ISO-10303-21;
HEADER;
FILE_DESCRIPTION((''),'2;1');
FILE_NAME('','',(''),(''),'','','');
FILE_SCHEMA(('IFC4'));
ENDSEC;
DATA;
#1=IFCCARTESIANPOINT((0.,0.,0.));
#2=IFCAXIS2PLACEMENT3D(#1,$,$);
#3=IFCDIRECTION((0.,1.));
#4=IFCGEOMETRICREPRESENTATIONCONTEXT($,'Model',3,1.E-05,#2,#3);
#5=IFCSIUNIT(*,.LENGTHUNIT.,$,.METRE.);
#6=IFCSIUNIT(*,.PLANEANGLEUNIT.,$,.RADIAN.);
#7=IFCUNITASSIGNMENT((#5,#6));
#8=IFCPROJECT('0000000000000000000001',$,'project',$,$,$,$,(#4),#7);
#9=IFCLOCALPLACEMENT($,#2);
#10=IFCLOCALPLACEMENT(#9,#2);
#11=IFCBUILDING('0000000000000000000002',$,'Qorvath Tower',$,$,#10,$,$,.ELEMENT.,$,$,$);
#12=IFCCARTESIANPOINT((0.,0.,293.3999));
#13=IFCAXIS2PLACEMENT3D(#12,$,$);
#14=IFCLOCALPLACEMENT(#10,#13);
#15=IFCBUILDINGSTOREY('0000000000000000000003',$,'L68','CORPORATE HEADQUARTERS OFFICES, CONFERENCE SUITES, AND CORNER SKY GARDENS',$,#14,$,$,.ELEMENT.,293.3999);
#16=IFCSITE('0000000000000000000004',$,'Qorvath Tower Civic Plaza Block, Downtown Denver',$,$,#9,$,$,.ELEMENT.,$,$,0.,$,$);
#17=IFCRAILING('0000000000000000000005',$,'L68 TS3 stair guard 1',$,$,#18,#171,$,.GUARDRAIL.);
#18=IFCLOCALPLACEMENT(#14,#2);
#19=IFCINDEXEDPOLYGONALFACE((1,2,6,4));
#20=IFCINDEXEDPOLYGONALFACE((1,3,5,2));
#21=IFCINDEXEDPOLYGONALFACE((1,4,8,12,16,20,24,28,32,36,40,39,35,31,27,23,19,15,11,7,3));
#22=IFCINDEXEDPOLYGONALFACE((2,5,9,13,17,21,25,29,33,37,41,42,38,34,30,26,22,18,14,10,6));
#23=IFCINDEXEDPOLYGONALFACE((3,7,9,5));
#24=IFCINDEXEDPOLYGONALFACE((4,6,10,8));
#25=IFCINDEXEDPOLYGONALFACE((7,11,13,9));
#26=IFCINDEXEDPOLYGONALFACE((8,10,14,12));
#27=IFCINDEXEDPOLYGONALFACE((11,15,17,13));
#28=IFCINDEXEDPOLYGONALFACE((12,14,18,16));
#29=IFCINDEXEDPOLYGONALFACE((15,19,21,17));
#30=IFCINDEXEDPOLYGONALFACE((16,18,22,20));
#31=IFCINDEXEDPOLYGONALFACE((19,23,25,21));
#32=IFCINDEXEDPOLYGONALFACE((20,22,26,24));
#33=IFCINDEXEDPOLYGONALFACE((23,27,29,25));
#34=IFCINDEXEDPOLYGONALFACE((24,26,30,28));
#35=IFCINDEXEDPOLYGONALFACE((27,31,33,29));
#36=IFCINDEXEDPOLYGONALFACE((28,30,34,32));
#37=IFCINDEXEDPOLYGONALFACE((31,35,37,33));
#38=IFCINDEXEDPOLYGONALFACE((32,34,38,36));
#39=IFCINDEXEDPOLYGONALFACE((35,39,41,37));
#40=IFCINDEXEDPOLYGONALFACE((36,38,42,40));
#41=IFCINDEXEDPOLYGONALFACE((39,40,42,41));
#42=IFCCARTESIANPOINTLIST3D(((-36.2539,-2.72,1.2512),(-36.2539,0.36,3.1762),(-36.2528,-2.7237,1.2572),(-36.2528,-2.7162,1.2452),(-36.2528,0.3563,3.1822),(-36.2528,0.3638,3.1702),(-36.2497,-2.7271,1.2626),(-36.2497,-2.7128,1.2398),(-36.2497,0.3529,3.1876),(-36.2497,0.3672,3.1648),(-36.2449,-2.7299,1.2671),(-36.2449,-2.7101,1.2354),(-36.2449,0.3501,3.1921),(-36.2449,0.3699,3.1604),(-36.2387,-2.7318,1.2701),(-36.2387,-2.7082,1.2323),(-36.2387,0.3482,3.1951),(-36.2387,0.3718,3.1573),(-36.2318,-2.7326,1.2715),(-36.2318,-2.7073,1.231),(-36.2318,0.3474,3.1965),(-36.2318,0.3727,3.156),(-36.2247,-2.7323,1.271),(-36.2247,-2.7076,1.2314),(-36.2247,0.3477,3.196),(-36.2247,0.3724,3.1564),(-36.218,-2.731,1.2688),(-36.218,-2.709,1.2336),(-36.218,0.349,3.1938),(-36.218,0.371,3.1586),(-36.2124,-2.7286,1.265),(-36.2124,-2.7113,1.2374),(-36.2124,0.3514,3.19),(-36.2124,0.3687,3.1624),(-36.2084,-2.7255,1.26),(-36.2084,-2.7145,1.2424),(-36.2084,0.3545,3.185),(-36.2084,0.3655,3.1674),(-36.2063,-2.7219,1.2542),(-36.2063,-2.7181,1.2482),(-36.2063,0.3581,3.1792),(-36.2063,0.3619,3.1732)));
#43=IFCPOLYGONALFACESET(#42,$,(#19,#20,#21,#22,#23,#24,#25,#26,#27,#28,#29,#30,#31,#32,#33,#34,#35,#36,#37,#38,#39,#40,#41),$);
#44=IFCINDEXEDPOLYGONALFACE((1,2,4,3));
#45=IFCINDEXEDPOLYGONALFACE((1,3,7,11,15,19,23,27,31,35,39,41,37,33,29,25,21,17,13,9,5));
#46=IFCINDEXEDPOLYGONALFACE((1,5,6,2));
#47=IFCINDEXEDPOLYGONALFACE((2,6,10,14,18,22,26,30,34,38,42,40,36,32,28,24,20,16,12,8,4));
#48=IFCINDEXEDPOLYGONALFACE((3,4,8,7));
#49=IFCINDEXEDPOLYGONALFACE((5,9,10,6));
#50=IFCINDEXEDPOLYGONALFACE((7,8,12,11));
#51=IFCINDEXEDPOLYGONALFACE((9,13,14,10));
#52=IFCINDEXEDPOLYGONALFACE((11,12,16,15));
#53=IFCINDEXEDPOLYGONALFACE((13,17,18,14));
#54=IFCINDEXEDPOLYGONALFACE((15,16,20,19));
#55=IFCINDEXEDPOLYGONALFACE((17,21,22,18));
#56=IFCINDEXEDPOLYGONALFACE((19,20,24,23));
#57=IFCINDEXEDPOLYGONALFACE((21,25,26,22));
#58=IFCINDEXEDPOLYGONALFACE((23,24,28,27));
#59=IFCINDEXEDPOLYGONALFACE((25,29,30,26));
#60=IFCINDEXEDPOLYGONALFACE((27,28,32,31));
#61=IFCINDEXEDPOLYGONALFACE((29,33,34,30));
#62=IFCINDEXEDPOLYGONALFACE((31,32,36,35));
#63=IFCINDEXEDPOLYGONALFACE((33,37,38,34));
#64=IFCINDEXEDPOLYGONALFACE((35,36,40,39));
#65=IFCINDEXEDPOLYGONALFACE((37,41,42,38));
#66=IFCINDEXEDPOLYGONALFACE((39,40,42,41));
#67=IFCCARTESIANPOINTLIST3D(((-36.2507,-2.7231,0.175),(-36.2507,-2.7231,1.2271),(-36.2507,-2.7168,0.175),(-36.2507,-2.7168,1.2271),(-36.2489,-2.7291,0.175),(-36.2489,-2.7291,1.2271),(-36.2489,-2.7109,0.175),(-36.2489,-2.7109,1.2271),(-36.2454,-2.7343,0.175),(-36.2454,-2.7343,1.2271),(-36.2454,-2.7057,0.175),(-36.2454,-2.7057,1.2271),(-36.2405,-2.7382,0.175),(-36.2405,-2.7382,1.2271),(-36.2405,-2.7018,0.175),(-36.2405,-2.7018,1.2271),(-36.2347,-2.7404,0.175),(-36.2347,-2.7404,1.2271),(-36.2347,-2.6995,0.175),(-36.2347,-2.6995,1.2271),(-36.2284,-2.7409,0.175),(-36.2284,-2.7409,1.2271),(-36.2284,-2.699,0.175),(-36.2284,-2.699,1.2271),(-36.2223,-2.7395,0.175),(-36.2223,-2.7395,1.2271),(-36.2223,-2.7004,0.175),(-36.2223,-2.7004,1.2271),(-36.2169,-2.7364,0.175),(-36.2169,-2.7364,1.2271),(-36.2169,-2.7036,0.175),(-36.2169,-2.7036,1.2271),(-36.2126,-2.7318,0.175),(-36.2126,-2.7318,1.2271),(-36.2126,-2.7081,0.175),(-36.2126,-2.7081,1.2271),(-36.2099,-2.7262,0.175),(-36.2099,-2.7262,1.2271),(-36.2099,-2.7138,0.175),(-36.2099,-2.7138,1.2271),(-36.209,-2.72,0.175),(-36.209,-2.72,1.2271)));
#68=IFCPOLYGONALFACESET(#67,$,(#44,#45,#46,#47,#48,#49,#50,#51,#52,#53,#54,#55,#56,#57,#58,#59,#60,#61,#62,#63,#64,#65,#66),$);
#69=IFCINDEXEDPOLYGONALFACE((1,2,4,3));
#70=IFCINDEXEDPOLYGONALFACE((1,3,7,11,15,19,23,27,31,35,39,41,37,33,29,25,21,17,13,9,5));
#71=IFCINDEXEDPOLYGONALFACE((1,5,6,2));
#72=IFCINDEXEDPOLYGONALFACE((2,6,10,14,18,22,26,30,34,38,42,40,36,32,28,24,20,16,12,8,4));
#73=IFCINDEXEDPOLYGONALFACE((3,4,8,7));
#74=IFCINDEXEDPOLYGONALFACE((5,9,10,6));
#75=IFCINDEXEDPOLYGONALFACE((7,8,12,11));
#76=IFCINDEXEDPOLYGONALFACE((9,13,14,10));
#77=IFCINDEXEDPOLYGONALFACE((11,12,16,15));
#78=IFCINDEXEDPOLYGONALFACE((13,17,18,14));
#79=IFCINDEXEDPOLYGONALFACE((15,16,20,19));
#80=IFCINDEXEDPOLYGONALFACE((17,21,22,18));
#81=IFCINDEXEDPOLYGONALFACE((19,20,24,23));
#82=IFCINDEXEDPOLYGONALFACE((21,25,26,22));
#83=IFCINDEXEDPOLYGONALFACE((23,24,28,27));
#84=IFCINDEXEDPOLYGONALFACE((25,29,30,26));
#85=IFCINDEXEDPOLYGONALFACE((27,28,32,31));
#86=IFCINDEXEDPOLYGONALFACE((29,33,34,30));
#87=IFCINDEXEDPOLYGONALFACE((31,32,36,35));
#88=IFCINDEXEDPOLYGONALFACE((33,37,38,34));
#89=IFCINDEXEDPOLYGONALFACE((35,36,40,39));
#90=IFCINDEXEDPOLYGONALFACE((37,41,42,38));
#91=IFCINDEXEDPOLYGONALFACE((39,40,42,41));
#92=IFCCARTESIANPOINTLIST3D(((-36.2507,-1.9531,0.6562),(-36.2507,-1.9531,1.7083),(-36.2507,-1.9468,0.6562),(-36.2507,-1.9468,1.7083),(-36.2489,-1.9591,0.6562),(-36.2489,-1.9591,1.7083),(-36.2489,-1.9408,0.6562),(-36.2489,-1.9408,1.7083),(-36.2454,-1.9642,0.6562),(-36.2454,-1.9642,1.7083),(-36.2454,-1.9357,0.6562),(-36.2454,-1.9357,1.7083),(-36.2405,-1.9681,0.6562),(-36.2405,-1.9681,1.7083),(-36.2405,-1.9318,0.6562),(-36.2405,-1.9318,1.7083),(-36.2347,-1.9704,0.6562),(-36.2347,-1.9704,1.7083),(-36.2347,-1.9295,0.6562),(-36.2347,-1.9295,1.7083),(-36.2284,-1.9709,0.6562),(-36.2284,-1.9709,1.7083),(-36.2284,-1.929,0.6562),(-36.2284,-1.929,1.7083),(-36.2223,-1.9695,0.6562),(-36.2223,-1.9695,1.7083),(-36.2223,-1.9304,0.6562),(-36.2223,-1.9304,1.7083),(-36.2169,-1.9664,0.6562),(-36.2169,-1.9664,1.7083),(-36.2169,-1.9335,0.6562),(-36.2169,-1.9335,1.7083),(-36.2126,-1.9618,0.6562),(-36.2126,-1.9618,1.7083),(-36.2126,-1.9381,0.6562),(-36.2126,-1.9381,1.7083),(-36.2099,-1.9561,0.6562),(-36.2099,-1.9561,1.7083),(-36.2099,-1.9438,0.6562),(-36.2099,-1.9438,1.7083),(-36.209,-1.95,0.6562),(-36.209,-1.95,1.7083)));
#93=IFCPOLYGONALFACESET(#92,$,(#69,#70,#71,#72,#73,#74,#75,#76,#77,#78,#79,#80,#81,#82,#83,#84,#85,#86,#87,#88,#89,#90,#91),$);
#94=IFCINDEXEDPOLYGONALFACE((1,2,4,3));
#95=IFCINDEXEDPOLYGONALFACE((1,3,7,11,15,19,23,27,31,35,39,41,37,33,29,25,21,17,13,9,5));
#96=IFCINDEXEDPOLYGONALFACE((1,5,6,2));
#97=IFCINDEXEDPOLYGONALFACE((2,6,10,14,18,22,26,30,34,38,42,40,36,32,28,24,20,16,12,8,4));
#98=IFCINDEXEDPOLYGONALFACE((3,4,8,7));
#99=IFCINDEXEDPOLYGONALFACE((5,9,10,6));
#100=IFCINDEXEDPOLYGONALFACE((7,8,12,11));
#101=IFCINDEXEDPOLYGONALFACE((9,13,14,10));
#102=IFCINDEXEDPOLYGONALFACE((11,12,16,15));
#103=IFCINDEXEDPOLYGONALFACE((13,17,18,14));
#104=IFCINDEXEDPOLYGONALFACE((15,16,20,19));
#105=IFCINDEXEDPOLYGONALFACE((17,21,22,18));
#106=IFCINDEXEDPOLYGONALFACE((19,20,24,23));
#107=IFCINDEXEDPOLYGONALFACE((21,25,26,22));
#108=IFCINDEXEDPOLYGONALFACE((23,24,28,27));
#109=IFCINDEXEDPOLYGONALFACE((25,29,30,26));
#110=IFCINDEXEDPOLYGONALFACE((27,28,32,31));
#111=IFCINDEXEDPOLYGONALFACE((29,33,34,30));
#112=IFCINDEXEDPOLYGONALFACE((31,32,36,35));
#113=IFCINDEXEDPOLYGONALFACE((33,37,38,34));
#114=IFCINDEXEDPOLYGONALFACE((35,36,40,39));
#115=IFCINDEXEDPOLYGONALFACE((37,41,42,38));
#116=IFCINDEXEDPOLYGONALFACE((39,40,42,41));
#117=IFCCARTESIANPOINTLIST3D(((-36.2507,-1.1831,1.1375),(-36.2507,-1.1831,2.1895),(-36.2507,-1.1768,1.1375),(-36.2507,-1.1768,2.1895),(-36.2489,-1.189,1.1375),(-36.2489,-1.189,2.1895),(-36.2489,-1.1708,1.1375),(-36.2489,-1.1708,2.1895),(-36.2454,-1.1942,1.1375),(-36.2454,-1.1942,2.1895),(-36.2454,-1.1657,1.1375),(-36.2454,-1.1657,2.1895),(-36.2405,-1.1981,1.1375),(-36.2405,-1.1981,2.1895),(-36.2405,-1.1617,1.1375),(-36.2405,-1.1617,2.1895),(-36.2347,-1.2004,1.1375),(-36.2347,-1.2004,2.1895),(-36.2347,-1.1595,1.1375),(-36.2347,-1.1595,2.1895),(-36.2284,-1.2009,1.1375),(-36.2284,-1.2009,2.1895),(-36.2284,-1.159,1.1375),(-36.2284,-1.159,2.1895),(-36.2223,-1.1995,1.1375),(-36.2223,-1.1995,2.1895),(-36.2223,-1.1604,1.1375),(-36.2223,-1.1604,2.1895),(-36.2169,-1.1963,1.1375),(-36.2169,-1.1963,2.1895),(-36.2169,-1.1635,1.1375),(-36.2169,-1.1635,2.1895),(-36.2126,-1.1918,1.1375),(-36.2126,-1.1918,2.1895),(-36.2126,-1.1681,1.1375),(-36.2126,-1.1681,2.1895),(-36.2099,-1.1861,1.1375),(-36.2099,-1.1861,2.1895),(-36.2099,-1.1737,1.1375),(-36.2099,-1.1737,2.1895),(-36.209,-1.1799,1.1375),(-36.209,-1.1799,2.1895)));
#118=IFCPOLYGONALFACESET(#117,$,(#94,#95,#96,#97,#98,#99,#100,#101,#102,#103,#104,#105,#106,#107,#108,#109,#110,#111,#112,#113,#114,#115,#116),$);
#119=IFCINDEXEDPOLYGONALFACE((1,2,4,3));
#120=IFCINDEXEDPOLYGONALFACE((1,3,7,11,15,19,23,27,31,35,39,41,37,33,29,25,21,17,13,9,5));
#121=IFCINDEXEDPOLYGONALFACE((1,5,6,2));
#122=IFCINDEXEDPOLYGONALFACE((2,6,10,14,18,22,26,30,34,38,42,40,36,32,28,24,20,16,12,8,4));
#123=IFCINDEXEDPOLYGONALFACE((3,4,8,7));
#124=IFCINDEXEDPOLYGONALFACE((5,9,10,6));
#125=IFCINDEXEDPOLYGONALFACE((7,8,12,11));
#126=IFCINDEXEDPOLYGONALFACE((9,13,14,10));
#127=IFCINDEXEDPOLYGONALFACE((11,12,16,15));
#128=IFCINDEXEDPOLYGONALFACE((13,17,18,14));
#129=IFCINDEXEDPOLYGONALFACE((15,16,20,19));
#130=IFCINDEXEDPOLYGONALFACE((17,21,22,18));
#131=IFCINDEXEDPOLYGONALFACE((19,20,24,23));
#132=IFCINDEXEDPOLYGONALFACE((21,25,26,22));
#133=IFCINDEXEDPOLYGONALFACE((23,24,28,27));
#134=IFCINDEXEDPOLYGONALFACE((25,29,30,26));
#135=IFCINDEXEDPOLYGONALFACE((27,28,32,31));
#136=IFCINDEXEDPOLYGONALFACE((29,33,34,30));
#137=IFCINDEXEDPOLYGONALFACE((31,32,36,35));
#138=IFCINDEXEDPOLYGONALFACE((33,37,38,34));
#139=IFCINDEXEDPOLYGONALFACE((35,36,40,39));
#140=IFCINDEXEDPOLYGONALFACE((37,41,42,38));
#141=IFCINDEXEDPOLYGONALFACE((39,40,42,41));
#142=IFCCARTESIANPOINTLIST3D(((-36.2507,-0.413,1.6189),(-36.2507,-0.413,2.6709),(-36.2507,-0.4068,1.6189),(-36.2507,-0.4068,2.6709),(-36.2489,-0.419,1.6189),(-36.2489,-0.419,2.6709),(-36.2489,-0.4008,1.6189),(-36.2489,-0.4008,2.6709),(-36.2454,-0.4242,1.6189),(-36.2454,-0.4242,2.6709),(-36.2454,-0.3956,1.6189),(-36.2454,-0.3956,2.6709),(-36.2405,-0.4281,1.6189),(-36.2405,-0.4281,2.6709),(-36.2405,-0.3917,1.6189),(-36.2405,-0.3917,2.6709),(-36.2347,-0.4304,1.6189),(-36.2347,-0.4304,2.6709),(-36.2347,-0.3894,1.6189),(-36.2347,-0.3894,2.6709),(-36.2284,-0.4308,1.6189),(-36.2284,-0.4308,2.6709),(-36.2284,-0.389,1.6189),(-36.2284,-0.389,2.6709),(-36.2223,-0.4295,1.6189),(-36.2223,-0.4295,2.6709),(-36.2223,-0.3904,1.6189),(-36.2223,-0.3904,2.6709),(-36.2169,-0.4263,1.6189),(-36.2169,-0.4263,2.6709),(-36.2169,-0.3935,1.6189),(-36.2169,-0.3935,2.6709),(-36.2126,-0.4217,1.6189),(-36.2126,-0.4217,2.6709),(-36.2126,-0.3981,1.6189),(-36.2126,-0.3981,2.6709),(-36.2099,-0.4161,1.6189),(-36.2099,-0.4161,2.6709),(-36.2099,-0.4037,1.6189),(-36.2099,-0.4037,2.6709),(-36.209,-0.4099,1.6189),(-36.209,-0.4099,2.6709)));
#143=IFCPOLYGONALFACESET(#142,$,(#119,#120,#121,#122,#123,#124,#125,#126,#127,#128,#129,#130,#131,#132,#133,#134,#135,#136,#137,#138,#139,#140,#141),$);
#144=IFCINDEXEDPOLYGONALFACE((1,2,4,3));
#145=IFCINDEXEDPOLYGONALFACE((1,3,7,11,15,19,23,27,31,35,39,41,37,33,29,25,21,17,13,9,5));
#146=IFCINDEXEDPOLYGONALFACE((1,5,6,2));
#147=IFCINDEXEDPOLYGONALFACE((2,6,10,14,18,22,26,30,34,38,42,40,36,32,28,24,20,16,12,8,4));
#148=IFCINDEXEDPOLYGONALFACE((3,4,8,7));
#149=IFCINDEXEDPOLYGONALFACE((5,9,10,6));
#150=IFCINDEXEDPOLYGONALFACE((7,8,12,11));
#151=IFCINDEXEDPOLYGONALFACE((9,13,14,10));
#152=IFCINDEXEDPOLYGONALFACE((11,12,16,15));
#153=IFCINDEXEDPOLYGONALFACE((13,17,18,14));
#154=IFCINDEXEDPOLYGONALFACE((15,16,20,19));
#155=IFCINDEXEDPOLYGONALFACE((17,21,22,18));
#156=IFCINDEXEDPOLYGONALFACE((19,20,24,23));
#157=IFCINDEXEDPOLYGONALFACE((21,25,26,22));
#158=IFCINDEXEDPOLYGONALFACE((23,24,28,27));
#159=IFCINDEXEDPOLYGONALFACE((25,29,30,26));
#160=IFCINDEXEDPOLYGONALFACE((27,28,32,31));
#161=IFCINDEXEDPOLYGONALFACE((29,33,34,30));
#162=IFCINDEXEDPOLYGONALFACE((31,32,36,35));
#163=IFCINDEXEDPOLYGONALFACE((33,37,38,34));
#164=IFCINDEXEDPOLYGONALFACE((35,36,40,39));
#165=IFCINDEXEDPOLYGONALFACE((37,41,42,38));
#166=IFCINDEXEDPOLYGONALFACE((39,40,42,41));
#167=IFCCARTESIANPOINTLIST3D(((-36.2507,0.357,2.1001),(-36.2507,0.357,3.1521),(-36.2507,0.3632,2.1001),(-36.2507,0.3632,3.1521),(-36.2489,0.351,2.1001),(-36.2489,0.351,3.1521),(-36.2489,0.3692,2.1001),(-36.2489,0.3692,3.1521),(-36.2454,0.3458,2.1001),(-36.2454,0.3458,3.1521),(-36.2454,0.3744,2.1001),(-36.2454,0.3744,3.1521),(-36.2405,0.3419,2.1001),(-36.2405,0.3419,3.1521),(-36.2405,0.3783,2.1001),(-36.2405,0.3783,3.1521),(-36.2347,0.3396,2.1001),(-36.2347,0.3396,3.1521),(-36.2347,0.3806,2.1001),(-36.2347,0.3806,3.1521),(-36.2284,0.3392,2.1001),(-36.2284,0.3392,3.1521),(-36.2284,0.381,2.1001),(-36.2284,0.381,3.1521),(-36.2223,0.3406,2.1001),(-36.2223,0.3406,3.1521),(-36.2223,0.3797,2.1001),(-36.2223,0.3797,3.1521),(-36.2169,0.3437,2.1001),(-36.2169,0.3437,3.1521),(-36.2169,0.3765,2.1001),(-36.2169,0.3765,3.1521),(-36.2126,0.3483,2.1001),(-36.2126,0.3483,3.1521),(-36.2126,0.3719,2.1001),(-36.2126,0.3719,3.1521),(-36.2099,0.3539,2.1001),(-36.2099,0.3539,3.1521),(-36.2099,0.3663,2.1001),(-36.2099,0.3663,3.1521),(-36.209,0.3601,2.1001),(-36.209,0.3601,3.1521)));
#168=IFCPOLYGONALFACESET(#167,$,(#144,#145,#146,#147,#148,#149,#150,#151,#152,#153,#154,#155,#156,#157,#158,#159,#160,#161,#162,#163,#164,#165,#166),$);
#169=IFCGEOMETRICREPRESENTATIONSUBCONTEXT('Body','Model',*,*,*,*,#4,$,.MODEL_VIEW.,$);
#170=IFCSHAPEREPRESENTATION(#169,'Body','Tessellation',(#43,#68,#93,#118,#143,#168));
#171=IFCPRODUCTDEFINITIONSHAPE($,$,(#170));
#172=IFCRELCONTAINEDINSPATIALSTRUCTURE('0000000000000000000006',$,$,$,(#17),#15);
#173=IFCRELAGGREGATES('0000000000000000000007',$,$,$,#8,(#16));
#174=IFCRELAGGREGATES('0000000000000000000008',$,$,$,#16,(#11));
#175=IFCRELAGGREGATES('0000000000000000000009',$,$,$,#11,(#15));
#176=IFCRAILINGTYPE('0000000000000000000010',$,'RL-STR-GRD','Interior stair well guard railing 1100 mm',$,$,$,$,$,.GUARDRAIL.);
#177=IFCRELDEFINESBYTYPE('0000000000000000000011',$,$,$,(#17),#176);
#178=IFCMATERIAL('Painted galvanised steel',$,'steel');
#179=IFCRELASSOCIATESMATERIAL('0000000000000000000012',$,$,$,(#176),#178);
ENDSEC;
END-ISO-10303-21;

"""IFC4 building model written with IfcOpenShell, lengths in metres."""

from ifc_helpers import new_model, si_unit, direction, frame, origin, origin_2d, place, context, subcontext, project, spatial, circle, extrude, material, type_object, element, save


model = new_model("IFC4")

# Units and contexts
model_context = context("Model", 3, precision=1e-05, world=origin(), true_north=direction((0.0, 1.0)))
body_context = subcontext(model_context, "Body", "Model", "MODEL_VIEW")
ifc_project = project(units=[si_unit("LENGTHUNIT", "METRE"), si_unit("PLANEANGLEUNIT", "RADIAN")], contexts=[model_context])

# Site, building, storey
site_placement = place(None, origin())
site = spatial("IfcSite", under=ifc_project, at=site_placement, Name="Qorvath Tower Civic Plaza Block, Downtown Denver", CompositionType="ELEMENT", RefElevation=0.0)
building_placement = place(site_placement, origin())
building = spatial("IfcBuilding", under=site, at=building_placement, Name="Qorvath Tower", CompositionType="ELEMENT")
storey_placement = place(building_placement, frame((0.0, 0.0, 293.3999)))
storey = spatial("IfcBuildingStorey", under=building, at=storey_placement, Name="L68", Description="CORPORATE HEADQUARTERS OFFICES, CONFERENCE SUITES, AND CORNER SKY GARDENS", CompositionType="ELEMENT", Elevation=293.3999)

# Railing
ifc_material_1 = material(Name="Painted galvanised steel", Category="steel")
railing_type_1 = type_object("IfcRailingType", Name="RL-STR-GRD", Description="Interior stair well guard railing 1100 mm", PredefinedType="GUARDRAIL", material=ifc_material_1)
railing_1_placement = place(storey_placement, frame((-36.23, -2.72, 0.175)))
element("IfcRailing", 1, at=railing_1_placement, inside=storey, type_object=railing_type_1, Name="L68 TS3 stair guard 1", PredefinedType="GUARDRAIL", context=body_context, shape_type="SweptSolid", body=[
    extrude(circle(Radius=0.0239, at=origin_2d()), frame((0.0, 0.0, 1.0762), z_axis=(0.0, 0.847998, 0.529999), x_axis=(-1.0, 0.0, 0.0)), (0.0, 0.0, 1.0), 3.6321),
    extrude(circle(Radius=0.021, at=origin_2d()), origin(), (0.0, 0.0, 1.0), 1.052),
    extrude(circle(Radius=0.021, at=origin_2d()), frame((0.0, 0.77, 0.4812)), (0.0, 0.0, 1.0), 1.052),
    extrude(circle(Radius=0.021, at=origin_2d()), frame((0.0, 1.54, 0.9624)), (0.0, 0.0, 1.0), 1.052),
    extrude(circle(Radius=0.021, at=origin_2d()), frame((0.0, 2.3101, 1.4438)), (0.0, 0.0, 1.0), 1.052),
    extrude(circle(Radius=0.021, at=origin_2d()), frame((0.0, 3.0801, 1.925)), (0.0, 0.0, 1.0), 1.052),
])

save(model, "model.ifc")
